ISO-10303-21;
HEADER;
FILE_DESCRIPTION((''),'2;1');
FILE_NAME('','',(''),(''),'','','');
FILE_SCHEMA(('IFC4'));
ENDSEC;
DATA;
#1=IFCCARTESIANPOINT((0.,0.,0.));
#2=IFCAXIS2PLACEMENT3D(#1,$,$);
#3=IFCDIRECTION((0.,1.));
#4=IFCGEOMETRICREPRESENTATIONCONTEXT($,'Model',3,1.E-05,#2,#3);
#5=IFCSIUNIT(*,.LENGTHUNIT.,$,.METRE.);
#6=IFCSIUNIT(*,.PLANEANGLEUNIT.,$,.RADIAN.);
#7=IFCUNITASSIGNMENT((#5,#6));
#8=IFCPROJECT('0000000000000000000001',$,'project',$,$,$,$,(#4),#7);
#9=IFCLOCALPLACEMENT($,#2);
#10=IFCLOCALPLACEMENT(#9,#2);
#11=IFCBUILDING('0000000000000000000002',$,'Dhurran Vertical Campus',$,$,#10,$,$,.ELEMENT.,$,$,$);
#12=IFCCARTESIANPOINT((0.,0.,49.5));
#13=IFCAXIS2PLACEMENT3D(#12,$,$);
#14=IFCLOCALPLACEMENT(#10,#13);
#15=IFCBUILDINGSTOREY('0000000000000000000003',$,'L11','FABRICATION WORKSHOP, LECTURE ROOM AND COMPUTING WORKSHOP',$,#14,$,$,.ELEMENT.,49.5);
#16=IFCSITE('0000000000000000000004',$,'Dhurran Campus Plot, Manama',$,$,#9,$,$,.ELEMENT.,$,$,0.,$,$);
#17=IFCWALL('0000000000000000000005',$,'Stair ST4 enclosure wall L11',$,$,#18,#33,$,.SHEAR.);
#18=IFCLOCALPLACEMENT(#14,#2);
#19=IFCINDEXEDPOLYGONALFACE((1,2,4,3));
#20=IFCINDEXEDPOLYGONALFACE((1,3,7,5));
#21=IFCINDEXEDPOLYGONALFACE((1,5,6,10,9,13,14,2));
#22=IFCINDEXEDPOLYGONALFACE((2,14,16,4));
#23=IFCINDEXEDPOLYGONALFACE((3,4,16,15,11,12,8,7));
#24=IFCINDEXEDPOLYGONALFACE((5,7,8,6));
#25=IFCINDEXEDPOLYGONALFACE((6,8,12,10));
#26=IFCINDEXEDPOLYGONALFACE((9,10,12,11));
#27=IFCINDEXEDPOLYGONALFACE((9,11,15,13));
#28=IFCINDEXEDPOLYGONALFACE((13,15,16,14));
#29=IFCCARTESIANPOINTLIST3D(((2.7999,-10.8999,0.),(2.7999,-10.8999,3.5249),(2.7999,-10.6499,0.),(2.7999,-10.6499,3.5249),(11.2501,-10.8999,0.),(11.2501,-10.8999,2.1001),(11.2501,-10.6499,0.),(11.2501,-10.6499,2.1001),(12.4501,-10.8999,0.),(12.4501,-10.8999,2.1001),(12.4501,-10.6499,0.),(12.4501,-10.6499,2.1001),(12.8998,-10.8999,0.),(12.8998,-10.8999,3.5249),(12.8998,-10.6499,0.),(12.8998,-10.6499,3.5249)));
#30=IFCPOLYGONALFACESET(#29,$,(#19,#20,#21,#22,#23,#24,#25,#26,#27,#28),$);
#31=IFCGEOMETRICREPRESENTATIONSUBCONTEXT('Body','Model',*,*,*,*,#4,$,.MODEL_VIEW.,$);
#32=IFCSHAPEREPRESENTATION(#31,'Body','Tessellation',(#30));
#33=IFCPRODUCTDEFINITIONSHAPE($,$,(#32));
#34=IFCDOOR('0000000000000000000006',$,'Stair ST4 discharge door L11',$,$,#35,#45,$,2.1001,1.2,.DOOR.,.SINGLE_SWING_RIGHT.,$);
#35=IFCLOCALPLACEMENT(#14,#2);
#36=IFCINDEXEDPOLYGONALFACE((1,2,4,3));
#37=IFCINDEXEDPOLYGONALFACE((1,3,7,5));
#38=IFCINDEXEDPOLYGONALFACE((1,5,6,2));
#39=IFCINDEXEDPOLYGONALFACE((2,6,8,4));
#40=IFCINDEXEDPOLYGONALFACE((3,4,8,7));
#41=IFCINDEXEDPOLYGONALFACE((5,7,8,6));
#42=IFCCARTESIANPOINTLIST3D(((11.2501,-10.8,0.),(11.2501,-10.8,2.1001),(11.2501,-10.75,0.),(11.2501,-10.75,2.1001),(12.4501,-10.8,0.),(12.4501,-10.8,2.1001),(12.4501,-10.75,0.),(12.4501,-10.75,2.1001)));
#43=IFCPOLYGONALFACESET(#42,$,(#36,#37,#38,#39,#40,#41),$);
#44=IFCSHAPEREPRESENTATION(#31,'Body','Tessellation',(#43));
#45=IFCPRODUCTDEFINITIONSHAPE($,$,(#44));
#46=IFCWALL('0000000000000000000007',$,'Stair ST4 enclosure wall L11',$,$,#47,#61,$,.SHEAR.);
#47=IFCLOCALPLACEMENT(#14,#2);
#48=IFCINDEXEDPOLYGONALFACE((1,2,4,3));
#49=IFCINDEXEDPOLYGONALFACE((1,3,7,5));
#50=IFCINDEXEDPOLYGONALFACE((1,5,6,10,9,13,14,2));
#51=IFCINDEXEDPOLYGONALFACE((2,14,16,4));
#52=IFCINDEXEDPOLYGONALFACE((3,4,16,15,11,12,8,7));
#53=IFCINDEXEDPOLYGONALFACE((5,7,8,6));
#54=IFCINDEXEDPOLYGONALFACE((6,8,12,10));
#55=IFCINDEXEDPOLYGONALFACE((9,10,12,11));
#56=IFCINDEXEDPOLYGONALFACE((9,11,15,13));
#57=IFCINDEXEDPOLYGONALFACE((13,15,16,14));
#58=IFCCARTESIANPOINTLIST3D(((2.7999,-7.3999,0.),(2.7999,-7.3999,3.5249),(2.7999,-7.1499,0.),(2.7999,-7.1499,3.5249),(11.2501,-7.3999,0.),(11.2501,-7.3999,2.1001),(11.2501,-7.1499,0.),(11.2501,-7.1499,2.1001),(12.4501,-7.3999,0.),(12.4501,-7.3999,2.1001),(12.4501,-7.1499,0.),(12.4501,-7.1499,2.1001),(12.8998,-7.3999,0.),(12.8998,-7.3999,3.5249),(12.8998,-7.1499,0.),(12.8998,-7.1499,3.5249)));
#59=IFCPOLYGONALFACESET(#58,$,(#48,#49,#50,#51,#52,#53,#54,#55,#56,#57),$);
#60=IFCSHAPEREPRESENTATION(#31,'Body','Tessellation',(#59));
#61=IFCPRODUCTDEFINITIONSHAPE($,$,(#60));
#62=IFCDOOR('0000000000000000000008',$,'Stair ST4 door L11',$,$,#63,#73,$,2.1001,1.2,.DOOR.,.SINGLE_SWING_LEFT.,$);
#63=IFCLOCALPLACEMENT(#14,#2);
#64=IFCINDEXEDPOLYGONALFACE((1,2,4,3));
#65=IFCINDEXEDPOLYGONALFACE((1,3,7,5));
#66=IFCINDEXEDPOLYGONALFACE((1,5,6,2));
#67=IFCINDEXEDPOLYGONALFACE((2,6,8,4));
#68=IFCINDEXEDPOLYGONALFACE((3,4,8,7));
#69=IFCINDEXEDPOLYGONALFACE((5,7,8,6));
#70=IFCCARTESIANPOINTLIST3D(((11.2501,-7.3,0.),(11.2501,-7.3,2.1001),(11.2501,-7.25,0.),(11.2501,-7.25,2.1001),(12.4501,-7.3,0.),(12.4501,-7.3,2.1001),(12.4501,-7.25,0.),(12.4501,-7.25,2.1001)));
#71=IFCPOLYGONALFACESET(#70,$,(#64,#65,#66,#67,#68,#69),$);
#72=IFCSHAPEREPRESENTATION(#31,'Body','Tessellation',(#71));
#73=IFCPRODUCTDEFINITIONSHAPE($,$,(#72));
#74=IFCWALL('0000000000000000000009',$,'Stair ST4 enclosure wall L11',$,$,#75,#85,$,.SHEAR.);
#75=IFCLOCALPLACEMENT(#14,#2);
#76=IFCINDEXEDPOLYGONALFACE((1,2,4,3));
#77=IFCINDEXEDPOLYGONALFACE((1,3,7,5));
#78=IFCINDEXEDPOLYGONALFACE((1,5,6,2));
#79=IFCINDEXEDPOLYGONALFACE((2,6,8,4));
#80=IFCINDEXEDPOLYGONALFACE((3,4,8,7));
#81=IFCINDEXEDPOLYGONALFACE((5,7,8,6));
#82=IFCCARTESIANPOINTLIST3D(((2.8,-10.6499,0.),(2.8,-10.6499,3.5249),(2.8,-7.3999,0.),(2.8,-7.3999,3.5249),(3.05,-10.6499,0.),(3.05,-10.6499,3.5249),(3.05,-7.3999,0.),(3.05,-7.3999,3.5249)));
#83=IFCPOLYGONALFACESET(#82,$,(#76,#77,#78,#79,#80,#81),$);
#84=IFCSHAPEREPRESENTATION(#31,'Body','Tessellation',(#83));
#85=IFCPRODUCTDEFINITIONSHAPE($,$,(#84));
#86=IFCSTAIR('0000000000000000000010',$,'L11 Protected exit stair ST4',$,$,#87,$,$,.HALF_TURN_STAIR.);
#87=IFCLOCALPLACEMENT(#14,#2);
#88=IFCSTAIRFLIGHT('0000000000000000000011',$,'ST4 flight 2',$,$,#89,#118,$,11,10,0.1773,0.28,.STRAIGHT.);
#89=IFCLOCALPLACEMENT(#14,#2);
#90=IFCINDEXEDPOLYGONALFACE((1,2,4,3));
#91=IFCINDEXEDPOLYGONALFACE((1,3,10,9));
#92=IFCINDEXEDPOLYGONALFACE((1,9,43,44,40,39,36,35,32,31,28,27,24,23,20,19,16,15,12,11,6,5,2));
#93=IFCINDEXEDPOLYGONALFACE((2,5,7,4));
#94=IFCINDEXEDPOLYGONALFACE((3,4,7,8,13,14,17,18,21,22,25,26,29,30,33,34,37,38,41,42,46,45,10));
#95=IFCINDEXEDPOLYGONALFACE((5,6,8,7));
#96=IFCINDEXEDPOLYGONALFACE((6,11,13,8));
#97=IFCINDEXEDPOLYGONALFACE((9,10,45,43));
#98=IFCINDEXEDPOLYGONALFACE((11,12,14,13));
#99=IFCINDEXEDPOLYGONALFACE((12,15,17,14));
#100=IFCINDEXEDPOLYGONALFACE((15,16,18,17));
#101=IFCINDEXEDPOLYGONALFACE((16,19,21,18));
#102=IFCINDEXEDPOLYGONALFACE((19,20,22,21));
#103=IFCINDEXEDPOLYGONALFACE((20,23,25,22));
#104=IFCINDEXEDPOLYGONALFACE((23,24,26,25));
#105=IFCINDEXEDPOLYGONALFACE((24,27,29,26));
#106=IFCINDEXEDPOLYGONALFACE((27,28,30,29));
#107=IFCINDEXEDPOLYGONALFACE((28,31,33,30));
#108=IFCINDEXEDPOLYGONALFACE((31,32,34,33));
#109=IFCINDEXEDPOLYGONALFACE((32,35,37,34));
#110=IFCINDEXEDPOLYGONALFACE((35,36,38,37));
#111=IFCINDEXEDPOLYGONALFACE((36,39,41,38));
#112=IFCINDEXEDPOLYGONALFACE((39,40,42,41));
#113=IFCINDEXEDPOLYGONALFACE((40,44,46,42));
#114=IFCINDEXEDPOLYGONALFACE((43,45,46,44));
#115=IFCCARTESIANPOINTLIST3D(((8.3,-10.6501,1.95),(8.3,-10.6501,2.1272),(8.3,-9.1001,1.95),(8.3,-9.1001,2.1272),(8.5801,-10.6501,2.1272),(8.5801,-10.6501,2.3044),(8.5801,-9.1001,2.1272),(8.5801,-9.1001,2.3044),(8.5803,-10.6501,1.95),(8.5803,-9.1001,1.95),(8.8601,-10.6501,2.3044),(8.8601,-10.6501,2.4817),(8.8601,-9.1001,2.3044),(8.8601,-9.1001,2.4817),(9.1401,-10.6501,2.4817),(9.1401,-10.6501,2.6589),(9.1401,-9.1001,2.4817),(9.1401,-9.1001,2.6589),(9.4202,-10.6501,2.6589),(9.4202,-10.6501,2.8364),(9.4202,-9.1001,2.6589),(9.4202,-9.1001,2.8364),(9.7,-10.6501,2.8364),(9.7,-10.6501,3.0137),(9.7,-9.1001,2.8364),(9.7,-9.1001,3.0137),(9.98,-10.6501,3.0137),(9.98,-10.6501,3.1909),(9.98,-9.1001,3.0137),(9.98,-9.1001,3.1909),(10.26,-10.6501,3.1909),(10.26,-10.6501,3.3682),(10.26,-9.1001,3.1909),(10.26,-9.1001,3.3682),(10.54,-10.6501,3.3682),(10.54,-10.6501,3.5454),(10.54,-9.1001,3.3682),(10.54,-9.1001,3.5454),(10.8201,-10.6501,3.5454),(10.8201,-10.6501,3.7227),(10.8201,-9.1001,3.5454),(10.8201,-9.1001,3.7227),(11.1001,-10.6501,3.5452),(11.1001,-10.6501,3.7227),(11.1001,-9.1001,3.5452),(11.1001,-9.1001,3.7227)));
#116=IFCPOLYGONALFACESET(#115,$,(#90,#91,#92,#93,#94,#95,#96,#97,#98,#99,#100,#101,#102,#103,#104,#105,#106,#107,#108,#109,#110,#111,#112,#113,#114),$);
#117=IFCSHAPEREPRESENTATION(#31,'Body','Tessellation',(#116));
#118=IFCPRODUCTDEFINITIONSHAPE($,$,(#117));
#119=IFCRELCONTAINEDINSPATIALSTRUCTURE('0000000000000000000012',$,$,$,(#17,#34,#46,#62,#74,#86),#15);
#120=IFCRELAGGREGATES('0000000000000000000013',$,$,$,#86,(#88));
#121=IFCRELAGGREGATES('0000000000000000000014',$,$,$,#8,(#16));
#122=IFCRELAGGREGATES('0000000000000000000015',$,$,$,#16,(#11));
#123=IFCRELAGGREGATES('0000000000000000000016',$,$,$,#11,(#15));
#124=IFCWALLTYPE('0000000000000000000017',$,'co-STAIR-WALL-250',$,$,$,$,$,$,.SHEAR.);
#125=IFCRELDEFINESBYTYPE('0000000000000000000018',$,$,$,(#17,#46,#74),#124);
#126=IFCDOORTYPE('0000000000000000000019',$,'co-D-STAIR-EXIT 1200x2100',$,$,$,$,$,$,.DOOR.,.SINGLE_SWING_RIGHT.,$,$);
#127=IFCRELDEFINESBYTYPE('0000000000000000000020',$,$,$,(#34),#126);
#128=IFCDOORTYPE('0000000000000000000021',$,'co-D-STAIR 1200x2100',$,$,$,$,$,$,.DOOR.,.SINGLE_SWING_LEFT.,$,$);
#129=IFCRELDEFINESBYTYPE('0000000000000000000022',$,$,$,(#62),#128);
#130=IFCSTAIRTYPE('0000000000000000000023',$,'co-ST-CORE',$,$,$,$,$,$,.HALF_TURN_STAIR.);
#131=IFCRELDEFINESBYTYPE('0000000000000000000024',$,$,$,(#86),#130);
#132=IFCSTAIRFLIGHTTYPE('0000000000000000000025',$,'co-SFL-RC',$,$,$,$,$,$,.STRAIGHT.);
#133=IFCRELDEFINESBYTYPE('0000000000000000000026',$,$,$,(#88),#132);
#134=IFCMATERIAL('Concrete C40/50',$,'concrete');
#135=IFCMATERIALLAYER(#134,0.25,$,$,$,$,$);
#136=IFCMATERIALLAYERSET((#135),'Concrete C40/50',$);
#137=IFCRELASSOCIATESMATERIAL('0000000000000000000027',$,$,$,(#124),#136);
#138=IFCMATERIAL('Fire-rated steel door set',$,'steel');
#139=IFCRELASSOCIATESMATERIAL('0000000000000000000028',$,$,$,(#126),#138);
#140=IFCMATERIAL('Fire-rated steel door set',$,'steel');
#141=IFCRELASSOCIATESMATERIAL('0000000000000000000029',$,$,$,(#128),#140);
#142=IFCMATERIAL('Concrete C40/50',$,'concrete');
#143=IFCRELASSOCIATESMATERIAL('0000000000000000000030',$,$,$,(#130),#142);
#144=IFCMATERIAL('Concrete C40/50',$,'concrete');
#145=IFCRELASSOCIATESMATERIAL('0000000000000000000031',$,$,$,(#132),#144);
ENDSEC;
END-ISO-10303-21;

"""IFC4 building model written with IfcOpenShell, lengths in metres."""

from ifc_helpers import new_model, si_unit, direction, frame, frame_2d, origin, place, context, subcontext, project, spatial, polyline, rectangle, outline, extrude, material, layer, layer_set, type_object, element, fill, aggregate, save


model = new_model("IFC4")

# Units and contexts
model_context = context("Model", 3, precision=1e-05, world=origin(), true_north=direction((0.0, 1.0)))
body_context = subcontext(model_context, "Body", "Model", "MODEL_VIEW")
ifc_project = project(units=[si_unit("LENGTHUNIT", "METRE"), si_unit("PLANEANGLEUNIT", "RADIAN")], contexts=[model_context])

# Site, building, storey
site_placement = place(None, origin())
site = spatial("IfcSite", under=ifc_project, at=site_placement, Name="Dhurran Campus Plot, Manama", CompositionType="ELEMENT", RefElevation=0.0)
building_placement = place(site_placement, origin())
building = spatial("IfcBuilding", under=site, at=building_placement, Name="Dhurran Vertical Campus", CompositionType="ELEMENT")
storey_placement = place(building_placement, frame((0.0, 0.0, 49.5)))
storey = spatial("IfcBuildingStorey", under=building, at=storey_placement, Name="L11", Description="FABRICATION WORKSHOP, LECTURE ROOM AND COMPUTING WORKSHOP", CompositionType="ELEMENT", Elevation=49.5)

# Walls, openings, doors
ifc_material_1 = material(Name="Concrete C40/50", Category="concrete")
ifc_layer_1 = layer(ifc_material_1, 0.25)
ifc_layer_set_1 = layer_set([ifc_layer_1], Name="Concrete C40/50")
wall_type_1 = type_object("IfcWallType", Name="co-STAIR-WALL-250", PredefinedType="SHEAR", material=ifc_layer_set_1)
wall_1_placement = place(storey_placement, frame((2.8, -10.7749, 0.0), z_axis=(0.0, 0.0, 1.0), x_axis=(1.0, 0.0, 0.0)))
wall_1 = element("IfcWall", 1, at=wall_1_placement, inside=storey, type_object=wall_type_1, Name="Stair ST4 enclosure wall L11", PredefinedType="SHEAR", context=body_context, shape_type="SweptSolid", body=[
    extrude(rectangle(XDim=10.0999, YDim=0.25, at=frame_2d((5.0498, 0.0))), origin(), (0.0, 0.0, 1.0), 3.5249),
])
opening_1_placement = place(wall_1_placement, frame((8.45, 0.0, 0.0)))
opening_1 = element("IfcOpeningElement", 2, at=opening_1_placement, cuts=wall_1, PredefinedType="OPENING", context=body_context, shape_type="SweptSolid", body=[
    extrude(rectangle(XDim=1.2, YDim=2.1001, at=frame_2d((0.6001, 1.05))), frame((0.0, 0.135, 0.0), z_axis=(0.0, -1.0, 0.0), x_axis=(1.0, 0.0, 0.0)), (0.0, 0.0, 1.0), 0.27),
])
ifc_material_2 = material(Name="Fire-rated steel door set", Category="steel")
door_type_1 = type_object("IfcDoorType", Name="co-D-STAIR-EXIT 1200x2100", OperationType="SINGLE_SWING_RIGHT", PredefinedType="DOOR", material=ifc_material_2)
door_1_placement = place(opening_1_placement, origin())
door_1 = element("IfcDoor", 3, at=door_1_placement, inside=storey, type_object=door_type_1, Name="Stair ST4 discharge door L11", OperationType="SINGLE_SWING_RIGHT", OverallHeight=2.1001, OverallWidth=1.2, PredefinedType="DOOR", context=body_context, shape_type="SweptSolid", body=[
    extrude(rectangle(XDim=1.2, YDim=2.1001, at=frame_2d((0.6001, 1.05))), frame((0.0, 0.0249, 0.0), z_axis=(0.0, -1.0, 0.0), x_axis=(1.0, 0.0, 0.0)), (0.0, 0.0, 1.0), 0.05),
])
fill(opening_1, door_1)
wall_2_placement = place(storey_placement, frame((2.8, -7.2749, 0.0), z_axis=(0.0, 0.0, 1.0), x_axis=(1.0, 0.0, 0.0)))
wall_2 = element("IfcWall", 4, at=wall_2_placement, inside=storey, type_object=wall_type_1, Name="Stair ST4 enclosure wall L11", PredefinedType="SHEAR", context=body_context, shape_type="SweptSolid", body=[
    extrude(rectangle(XDim=10.0999, YDim=0.25, at=frame_2d((5.0498, 0.0))), origin(), (0.0, 0.0, 1.0), 3.5249),
])
opening_2_placement = place(wall_2_placement, frame((8.45, 0.0, 0.0)))
opening_2 = element("IfcOpeningElement", 5, at=opening_2_placement, cuts=wall_2, PredefinedType="OPENING", context=body_context, shape_type="SweptSolid", body=[
    extrude(rectangle(XDim=1.2, YDim=2.1001, at=frame_2d((0.6001, 1.05))), frame((0.0, 0.135, 0.0), z_axis=(0.0, -1.0, 0.0), x_axis=(1.0, 0.0, 0.0)), (0.0, 0.0, 1.0), 0.27),
])
ifc_material_3 = material(Name="Fire-rated steel door set", Category="steel")
door_type_2 = type_object("IfcDoorType", Name="co-D-STAIR 1200x2100", OperationType="SINGLE_SWING_LEFT", PredefinedType="DOOR", material=ifc_material_3)
door_2_placement = place(opening_2_placement, origin())
door_2 = element("IfcDoor", 6, at=door_2_placement, inside=storey, type_object=door_type_2, Name="Stair ST4 door L11", OperationType="SINGLE_SWING_LEFT", OverallHeight=2.1001, OverallWidth=1.2, PredefinedType="DOOR", context=body_context, shape_type="SweptSolid", body=[
    extrude(rectangle(XDim=1.2, YDim=2.1001, at=frame_2d((0.6001, 1.05))), frame((0.0, 0.0249, 0.0), z_axis=(0.0, -1.0, 0.0), x_axis=(1.0, 0.0, 0.0)), (0.0, 0.0, 1.0), 0.05),
])
fill(opening_2, door_2)

# Wall
wall_3_placement = place(storey_placement, frame((2.925, -10.6499, 0.0), z_axis=(0.0, 0.0, 1.0), x_axis=(0.0, 1.0, 0.0)))
element("IfcWall", 7, at=wall_3_placement, inside=storey, type_object=wall_type_1, Name="Stair ST4 enclosure wall L11", PredefinedType="SHEAR", context=body_context, shape_type="SweptSolid", body=[
    extrude(rectangle(XDim=3.25, YDim=0.25, at=frame_2d((1.625, 0.0))), origin(), (0.0, 0.0, 1.0), 3.5249),
])

# Stair, stair flight
ifc_material_4 = material(Name="Concrete C40/50", Category="concrete")
stair_type = type_object("IfcStairType", Name="co-ST-CORE", PredefinedType="HALF_TURN_STAIR", material=ifc_material_4)
stair_placement = place(storey_placement, origin())
stair = element("IfcStair", 8, at=stair_placement, inside=storey, type_object=stair_type, Name="L11 Protected exit stair ST4", PredefinedType="HALF_TURN_STAIR")
ifc_material_5 = material(Name="Concrete C40/50", Category="concrete")
stair_flight_type = type_object("IfcStairFlightType", Name="co-SFL-RC", PredefinedType="STRAIGHT", material=ifc_material_5)
stair_flight_placement = place(storey_placement, frame((8.3, -9.875, 1.95), z_axis=(0.0, 0.0, 1.0), x_axis=(1.0, 0.0, 0.0)))
stair_flight = element("IfcStairFlight", 9, at=stair_flight_placement, type_object=stair_flight_type, Name="ST4 flight 2", NumberOfRisers=11, NumberOfTreads=10, PredefinedType="STRAIGHT", RiserHeight=0.1773, TreadLength=0.28, context=body_context, shape_type="SweptSolid", body=[
    extrude(outline(polyline([(0.0, 0.0), (0.0, 0.1772), (0.28, 0.1772), (0.28, 0.3545), (0.5601, 0.3545), (0.5601, 0.5317), (0.8401, 0.5317), (0.8401, 0.709), (1.1201, 0.709), (1.1201, 0.8865), (1.3999, 0.8865), (1.3999, 1.0637), (1.6799, 1.0637), (1.6799, 1.241), (1.96, 1.241), (1.96, 1.4182), (2.24, 1.4182), (2.24, 1.5955), (2.52, 1.5955), (2.52, 1.7727), (2.8, 1.7727), (2.8, 1.95), (2.8, 1.5952), (0.2803, 0.0), (0.0, 0.0)])), frame((0.0, 0.7749, 0.0), z_axis=(0.0, -1.0, 0.0), x_axis=(1.0, 0.0, 0.0)), (0.0, 0.0, 1.0), 1.55),
])
aggregate(stair, [stair_flight])

save(model, "model.ifc")
